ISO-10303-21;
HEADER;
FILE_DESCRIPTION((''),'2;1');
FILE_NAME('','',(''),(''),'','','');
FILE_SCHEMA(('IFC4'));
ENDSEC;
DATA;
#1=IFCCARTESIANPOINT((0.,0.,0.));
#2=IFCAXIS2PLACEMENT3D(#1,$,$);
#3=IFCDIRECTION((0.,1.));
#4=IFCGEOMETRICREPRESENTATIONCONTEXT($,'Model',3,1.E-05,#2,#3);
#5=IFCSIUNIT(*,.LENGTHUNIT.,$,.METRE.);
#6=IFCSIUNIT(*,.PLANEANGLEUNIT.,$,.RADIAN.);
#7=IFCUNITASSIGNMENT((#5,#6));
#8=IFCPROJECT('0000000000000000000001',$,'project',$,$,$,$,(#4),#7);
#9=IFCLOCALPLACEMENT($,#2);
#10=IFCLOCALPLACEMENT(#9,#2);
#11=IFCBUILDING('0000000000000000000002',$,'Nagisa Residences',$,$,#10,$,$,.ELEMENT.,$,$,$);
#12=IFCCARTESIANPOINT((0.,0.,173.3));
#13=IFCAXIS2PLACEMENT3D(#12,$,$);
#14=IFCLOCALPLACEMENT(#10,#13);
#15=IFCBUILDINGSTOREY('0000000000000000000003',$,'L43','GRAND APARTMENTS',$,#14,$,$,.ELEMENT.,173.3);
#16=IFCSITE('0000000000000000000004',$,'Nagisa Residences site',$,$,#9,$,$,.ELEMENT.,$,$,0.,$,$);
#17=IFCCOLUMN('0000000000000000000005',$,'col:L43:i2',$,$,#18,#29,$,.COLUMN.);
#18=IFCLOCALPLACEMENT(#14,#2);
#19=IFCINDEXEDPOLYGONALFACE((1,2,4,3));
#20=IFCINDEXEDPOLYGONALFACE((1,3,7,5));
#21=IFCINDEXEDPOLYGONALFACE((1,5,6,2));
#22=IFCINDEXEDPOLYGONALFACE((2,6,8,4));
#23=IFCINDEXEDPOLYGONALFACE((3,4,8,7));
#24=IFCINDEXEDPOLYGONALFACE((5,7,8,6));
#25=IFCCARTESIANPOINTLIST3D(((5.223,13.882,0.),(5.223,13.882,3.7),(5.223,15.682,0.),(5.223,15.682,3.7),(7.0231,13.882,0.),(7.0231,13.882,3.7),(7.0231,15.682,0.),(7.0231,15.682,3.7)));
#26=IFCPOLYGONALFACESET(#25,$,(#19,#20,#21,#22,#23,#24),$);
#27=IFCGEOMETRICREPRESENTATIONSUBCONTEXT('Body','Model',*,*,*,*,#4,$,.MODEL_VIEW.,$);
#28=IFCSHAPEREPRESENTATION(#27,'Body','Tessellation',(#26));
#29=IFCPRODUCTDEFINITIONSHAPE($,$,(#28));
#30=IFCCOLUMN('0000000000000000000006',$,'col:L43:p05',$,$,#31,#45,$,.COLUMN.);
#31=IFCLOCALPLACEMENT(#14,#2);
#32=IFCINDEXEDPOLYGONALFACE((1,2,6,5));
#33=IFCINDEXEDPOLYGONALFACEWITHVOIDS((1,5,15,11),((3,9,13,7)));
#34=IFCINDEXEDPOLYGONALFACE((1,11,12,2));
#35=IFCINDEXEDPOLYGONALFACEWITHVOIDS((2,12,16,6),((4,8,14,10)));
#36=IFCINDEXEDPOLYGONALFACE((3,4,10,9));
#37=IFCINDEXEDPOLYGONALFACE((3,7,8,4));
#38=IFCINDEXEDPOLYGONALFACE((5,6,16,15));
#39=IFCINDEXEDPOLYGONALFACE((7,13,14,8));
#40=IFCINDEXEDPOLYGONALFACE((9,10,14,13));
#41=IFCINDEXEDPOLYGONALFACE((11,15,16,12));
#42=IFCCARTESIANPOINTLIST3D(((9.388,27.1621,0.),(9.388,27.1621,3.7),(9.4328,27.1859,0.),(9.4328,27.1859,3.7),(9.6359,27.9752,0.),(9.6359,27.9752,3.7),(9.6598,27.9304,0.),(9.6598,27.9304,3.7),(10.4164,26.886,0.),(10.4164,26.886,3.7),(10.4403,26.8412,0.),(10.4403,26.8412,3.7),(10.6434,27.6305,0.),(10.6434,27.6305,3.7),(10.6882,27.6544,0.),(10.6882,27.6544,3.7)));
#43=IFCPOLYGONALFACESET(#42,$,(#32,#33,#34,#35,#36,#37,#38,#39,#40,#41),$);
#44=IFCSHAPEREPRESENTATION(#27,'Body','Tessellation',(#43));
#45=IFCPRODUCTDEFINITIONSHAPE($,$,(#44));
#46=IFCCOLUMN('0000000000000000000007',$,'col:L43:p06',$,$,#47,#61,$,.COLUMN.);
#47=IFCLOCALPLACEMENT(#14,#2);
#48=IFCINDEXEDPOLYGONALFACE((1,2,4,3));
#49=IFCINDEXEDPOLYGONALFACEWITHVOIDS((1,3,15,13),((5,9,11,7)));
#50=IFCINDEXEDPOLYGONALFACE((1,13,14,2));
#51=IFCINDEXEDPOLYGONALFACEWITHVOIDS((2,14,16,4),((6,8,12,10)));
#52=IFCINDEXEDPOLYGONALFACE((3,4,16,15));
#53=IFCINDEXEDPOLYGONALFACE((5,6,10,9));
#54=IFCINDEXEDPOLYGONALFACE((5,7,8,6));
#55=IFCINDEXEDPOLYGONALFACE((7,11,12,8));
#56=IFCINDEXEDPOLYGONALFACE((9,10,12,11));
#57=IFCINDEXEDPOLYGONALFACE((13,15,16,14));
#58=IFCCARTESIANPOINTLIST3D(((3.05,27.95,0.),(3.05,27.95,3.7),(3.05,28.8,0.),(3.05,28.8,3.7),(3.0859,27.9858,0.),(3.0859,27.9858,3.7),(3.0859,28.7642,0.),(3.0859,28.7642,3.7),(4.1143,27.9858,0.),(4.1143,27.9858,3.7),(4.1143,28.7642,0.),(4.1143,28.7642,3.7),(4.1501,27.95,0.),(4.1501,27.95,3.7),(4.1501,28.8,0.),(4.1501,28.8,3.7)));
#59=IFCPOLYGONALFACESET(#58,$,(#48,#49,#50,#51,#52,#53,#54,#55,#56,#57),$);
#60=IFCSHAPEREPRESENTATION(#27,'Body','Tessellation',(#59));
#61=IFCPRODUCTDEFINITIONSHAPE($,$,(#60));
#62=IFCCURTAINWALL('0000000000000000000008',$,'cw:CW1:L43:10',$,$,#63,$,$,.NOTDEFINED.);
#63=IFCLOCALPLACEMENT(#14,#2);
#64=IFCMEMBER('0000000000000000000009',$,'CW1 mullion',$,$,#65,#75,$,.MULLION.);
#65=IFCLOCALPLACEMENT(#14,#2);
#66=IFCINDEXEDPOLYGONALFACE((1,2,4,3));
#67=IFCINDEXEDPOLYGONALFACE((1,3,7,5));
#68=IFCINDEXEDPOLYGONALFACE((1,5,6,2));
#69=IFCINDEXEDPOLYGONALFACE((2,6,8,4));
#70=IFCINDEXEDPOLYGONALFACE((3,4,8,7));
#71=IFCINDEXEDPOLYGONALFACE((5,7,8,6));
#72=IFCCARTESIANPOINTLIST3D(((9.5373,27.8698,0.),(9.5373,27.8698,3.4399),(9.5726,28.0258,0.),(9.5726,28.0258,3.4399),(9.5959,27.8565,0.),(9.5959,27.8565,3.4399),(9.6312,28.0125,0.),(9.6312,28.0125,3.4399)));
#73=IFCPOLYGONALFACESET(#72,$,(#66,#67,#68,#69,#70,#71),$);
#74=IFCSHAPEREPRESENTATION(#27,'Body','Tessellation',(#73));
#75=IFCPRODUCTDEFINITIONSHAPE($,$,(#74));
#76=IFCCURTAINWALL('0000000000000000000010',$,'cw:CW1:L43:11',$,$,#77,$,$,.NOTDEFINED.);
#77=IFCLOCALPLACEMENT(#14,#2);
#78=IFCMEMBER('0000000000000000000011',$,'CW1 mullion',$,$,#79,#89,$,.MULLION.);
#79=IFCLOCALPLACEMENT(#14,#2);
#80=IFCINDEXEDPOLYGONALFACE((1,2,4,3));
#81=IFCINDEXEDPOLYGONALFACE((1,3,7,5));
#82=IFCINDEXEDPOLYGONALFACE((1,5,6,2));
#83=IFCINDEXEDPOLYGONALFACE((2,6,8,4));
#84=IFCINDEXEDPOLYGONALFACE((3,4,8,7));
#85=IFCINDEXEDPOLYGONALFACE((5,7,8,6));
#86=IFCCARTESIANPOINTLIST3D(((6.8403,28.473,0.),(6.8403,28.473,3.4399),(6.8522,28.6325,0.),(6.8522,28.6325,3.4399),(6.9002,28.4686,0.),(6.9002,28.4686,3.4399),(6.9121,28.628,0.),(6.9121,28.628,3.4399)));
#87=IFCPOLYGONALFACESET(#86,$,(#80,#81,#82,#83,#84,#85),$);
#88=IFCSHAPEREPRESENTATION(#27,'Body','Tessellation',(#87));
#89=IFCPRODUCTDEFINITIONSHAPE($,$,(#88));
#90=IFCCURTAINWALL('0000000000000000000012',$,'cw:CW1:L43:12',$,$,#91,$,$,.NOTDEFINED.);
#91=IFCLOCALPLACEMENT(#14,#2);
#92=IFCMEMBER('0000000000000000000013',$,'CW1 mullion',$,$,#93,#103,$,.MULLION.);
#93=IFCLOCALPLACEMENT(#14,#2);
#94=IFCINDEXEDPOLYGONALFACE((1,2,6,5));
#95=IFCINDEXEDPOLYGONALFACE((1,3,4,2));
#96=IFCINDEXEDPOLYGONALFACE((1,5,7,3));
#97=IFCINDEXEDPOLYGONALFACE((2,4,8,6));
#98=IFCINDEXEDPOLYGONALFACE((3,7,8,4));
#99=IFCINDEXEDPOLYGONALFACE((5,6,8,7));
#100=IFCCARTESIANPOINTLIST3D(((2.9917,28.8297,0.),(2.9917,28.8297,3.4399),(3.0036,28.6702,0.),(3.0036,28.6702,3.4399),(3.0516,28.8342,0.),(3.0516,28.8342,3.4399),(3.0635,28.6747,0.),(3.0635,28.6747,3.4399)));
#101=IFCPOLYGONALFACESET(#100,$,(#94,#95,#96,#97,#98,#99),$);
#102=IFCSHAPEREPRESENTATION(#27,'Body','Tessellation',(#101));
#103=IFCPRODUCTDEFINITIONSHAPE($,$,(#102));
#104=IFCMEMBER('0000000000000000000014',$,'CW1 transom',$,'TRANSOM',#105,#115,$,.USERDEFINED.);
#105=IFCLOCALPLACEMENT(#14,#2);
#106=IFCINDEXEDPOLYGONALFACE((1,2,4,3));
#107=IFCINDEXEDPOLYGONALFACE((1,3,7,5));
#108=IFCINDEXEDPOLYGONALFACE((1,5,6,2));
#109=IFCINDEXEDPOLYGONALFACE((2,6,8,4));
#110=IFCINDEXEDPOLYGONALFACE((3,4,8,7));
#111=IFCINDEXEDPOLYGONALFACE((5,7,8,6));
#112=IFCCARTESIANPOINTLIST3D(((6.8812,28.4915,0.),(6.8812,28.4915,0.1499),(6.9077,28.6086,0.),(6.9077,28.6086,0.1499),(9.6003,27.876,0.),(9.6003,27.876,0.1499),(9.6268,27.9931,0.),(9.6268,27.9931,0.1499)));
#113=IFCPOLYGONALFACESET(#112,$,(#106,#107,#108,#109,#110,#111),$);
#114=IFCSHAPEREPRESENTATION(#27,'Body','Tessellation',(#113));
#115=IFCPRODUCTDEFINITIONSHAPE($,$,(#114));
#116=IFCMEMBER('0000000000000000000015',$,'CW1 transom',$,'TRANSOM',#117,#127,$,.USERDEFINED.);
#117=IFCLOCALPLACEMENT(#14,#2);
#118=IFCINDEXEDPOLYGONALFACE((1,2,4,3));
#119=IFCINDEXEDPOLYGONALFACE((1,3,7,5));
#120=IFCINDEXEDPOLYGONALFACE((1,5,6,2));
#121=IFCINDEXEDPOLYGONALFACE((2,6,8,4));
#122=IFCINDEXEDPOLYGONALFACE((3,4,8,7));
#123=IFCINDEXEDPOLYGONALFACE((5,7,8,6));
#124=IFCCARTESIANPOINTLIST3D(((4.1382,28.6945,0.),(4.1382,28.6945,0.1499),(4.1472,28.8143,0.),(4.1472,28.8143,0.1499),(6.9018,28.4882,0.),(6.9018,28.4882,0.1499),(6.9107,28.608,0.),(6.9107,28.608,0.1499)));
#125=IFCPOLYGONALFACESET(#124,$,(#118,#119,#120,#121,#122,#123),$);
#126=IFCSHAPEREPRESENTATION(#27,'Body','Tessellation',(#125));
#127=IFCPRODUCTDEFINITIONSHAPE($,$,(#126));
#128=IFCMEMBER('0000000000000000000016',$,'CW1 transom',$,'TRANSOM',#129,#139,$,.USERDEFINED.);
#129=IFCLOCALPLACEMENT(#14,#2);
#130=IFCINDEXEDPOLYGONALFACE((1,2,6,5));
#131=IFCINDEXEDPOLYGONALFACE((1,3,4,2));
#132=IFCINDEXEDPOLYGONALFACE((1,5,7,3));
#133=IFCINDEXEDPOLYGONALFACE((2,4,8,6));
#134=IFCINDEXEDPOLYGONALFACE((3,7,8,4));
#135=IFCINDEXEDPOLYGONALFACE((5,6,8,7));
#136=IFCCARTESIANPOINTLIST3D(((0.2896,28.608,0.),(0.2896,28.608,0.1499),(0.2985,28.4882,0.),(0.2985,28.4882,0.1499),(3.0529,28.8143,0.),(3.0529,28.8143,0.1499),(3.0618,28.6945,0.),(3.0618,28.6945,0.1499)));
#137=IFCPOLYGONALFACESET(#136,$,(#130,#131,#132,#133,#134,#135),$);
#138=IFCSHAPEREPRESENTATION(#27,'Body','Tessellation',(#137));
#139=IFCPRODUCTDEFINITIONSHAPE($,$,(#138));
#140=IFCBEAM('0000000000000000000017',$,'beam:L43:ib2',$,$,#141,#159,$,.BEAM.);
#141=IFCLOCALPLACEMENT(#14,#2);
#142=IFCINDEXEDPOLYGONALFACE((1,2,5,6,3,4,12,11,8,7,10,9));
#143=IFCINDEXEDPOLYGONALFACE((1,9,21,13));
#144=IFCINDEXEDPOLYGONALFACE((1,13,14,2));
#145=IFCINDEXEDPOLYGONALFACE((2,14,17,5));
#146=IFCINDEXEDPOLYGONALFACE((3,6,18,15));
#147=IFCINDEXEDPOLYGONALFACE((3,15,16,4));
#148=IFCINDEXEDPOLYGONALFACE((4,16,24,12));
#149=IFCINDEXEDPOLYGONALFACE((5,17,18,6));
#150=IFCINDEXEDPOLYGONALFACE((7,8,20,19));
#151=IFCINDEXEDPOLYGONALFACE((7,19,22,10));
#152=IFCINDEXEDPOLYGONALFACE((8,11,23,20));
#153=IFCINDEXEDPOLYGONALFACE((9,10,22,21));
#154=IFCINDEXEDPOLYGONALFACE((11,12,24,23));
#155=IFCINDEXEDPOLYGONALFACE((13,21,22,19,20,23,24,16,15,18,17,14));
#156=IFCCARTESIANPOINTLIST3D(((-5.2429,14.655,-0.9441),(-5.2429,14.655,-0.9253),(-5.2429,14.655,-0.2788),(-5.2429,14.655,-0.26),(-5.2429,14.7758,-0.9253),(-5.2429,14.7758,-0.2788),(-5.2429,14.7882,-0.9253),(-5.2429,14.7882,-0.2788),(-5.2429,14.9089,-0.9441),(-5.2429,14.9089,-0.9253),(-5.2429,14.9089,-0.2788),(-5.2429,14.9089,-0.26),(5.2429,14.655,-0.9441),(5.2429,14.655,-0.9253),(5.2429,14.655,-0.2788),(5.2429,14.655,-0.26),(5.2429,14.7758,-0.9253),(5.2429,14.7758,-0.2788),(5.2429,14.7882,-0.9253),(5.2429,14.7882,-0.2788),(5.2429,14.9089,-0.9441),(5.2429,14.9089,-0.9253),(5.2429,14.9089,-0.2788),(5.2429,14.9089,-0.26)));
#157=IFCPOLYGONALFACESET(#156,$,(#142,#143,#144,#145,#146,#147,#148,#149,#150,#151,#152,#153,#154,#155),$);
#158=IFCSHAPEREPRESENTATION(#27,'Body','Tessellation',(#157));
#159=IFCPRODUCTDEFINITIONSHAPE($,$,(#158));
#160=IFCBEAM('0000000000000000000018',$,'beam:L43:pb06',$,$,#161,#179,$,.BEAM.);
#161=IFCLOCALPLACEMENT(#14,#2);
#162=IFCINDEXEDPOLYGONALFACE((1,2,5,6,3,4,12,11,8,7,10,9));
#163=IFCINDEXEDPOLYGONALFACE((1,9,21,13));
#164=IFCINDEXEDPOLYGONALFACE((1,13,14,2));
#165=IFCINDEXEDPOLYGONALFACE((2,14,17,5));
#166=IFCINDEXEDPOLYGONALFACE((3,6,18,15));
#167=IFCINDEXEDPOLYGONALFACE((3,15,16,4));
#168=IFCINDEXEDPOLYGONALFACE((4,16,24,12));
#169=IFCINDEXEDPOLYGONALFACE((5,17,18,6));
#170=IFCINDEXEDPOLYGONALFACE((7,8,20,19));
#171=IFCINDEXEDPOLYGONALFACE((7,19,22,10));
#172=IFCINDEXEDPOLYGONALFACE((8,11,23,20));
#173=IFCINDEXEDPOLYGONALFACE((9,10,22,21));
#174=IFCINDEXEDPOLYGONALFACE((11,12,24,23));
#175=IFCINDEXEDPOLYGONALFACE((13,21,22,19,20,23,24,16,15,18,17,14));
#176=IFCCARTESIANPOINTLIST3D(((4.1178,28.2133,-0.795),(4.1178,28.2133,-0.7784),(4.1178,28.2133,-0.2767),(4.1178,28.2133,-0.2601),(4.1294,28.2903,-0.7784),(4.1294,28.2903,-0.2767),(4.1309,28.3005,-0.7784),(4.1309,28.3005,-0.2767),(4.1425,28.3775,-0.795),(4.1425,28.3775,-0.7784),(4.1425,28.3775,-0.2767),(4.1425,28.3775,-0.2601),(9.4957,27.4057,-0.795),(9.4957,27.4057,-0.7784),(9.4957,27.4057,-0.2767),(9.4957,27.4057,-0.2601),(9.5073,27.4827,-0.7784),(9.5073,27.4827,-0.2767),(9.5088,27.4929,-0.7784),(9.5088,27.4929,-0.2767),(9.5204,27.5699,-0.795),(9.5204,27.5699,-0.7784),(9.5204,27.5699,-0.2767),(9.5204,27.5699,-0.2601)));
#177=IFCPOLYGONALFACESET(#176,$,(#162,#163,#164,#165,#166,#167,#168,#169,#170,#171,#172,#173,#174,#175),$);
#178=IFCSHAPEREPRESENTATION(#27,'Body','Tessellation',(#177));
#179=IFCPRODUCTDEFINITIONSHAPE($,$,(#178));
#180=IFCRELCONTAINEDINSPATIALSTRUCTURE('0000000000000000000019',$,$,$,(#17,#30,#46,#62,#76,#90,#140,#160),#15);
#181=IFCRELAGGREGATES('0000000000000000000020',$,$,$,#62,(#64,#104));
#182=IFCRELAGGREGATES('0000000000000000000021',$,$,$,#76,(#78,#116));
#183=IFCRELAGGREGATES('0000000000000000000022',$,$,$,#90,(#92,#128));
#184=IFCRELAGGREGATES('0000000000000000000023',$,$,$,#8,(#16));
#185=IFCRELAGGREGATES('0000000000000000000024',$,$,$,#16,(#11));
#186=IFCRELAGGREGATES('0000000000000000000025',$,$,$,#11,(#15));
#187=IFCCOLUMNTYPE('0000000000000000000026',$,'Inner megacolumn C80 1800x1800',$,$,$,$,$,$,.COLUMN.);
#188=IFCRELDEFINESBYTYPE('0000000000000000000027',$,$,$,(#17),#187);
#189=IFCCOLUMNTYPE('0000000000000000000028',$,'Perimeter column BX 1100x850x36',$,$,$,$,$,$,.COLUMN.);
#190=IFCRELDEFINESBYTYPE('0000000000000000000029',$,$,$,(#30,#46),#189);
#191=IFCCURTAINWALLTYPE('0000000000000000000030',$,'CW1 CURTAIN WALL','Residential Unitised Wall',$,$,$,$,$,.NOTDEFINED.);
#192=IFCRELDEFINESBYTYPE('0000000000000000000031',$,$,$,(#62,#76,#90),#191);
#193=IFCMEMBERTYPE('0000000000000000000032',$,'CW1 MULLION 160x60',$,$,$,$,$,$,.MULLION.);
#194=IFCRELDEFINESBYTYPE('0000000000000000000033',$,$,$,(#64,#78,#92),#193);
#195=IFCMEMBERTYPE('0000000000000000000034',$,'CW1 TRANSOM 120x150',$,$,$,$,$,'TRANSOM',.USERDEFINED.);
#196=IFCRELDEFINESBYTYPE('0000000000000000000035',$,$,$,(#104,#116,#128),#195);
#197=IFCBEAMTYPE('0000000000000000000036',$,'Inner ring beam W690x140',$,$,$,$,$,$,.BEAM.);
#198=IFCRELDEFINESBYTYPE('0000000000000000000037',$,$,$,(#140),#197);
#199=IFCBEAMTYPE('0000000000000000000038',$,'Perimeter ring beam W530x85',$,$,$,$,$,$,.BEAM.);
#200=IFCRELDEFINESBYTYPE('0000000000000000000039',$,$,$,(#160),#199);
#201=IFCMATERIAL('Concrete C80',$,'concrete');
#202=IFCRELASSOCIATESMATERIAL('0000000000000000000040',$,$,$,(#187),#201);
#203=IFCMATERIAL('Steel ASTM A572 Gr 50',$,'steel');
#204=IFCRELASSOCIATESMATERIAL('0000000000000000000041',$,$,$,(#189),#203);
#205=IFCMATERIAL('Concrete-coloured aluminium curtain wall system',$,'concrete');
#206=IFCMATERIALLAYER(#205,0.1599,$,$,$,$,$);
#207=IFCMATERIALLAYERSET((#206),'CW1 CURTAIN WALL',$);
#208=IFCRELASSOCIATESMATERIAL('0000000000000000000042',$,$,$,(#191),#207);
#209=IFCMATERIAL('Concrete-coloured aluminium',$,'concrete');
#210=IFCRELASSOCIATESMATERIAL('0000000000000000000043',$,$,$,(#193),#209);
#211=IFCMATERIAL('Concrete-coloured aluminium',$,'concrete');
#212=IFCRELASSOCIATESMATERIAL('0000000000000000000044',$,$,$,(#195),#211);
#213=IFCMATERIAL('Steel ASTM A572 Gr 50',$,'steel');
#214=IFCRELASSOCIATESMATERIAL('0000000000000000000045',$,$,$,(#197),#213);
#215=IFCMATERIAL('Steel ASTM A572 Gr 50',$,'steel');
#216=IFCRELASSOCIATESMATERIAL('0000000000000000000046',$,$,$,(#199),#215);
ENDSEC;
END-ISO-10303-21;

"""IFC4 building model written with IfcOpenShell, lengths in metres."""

from ifc_helpers import new_model, si_unit, direction, frame, origin, origin_2d, place, context, subcontext, project, spatial, rectangle, hollow_rectangle, i_section, extrude, material, layer, layer_set, material_profile, profile_set, type_object, element, aggregate, save


model = new_model("IFC4")

# Units and contexts
model_context = context("Model", 3, precision=1e-05, world=origin(), true_north=direction((0.0, 1.0)))
body_context = subcontext(model_context, "Body", "Model", "MODEL_VIEW")
ifc_project = project(units=[si_unit("LENGTHUNIT", "METRE"), si_unit("PLANEANGLEUNIT", "RADIAN")], contexts=[model_context])

# Site, building, storey
site_placement = place(None, origin())
site = spatial("IfcSite", under=ifc_project, at=site_placement, Name="Nagisa Residences site", CompositionType="ELEMENT", RefElevation=0.0)
building_placement = place(site_placement, origin())
building = spatial("IfcBuilding", under=site, at=building_placement, Name="Nagisa Residences", CompositionType="ELEMENT")
storey_placement = place(building_placement, frame((0.0, 0.0, 173.3)))
storey = spatial("IfcBuildingStorey", under=building, at=storey_placement, Name="L43", Description="GRAND APARTMENTS", CompositionType="ELEMENT", Elevation=173.3)

# Columns
ifc_material_1 = material(Name="Concrete C80", Category="concrete")
ifc_material_profile_1 = material_profile(ifc_material_1, rectangle(XDim=1.8, YDim=1.8, at=origin_2d()), Name="C80 1800x1800")
ifc_profile_set_1 = profile_set([ifc_material_profile_1], Name="Concrete C80")
column_type_1 = type_object("IfcColumnType", Name="Inner megacolumn C80 1800x1800", PredefinedType="COLUMN", material=ifc_profile_set_1)
column_placement = place(storey_placement, frame((6.123, 14.782, 0.0), z_axis=(0.0, 0.0, 1.0), x_axis=(1.0, 0.0, 0.0)))
element("IfcColumn", 1, at=column_placement, inside=storey, type_object=column_type_1, Name="col:L43:i2", PredefinedType="COLUMN", context=body_context, shape_type="SweptSolid", body=[
    extrude(rectangle(XDim=1.8, YDim=1.8, at=origin_2d()), origin(), (0.0, 0.0, 1.0), 3.7),
])
ifc_material_2 = material(Name="Steel ASTM A572 Gr 50", Category="steel")
ifc_material_profile_2 = material_profile(ifc_material_2, hollow_rectangle(XDim=1.1001, YDim=0.8501, WallThickness=0.0359, at=origin_2d()), Name="BX 1100x850x36")
ifc_profile_set_2 = profile_set([ifc_material_profile_2], Name="Steel ASTM A572 Gr 50")
column_type_2 = type_object("IfcColumnType", Name="Perimeter column BX 1100x850x36", PredefinedType="COLUMN", material=ifc_profile_set_2)
for number, where, z_axis, x_axis, name in (
    (2, (10.0381, 27.4082, 0.0), (0.0, 0.0, 1.0), (-0.956525, 0.291652, 0.0), "col:L43:p05"),
    (3, (3.6001, 28.375, 0.0), (0.0, 0.0, 1.0), (-1.0, 0.0, 0.0), "col:L43:p06"),
):
    element("IfcColumn", number, at=place(storey_placement, frame(where, z_axis=z_axis, x_axis=x_axis)), inside=storey, type_object=column_type_2, Name=name, PredefinedType="COLUMN", context=body_context, shape_type="SweptSolid", body=[
        extrude(hollow_rectangle(XDim=1.1001, YDim=0.8501, WallThickness=0.0359, at=origin_2d()), origin(), (0.0, 0.0, 1.0), 3.7),
    ])

# Curtain walls, members
ifc_material_3 = material(Name="Concrete-coloured aluminium curtain wall system", Category="concrete")
ifc_layer_1 = layer(ifc_material_3, 0.1599)
ifc_layer_set_1 = layer_set([ifc_layer_1], Name="CW1 CURTAIN WALL")
curtain_wall_type = type_object("IfcCurtainWallType", Name="CW1 CURTAIN WALL", Description="Residential Unitised Wall", PredefinedType="NOTDEFINED", material=ifc_layer_set_1)
curtain_wall_1_placement = place(storey_placement, origin())
curtain_wall_1 = element("IfcCurtainWall", 4, at=curtain_wall_1_placement, inside=storey, type_object=curtain_wall_type, Name="cw:CW1:L43:10", PredefinedType="NOTDEFINED")
ifc_material_4 = material(Name="Concrete-coloured aluminium", Category="concrete")
ifc_material_profile_3 = material_profile(ifc_material_4, rectangle(XDim=0.1599, YDim=0.0601, at=origin_2d()), Name="CW1 MULLION 160x60")
ifc_profile_set_3 = profile_set([ifc_material_profile_3], Name="Concrete-coloured aluminium")
member_type_1 = type_object("IfcMemberType", Name="CW1 MULLION 160x60", PredefinedType="MULLION", material=ifc_profile_set_3)
member_1_placement = place(storey_placement, frame((9.5842, 27.9412, 0.0), z_axis=(0.0, 0.0, 1.0), x_axis=(-0.220764, -0.975327, 0.0)))
member_1 = element("IfcMember", 5, at=member_1_placement, type_object=member_type_1, Name="CW1 mullion", PredefinedType="MULLION", context=body_context, shape_type="SweptSolid", body=[
    extrude(rectangle(XDim=0.1599, YDim=0.0601, at=origin_2d()), origin(), (0.0, 0.0, 1.0), 3.4399),
])
curtain_wall_2_placement = place(storey_placement, origin())
curtain_wall_2 = element("IfcCurtainWall", 6, at=curtain_wall_2_placement, inside=storey, type_object=curtain_wall_type, Name="cw:CW1:L43:11", PredefinedType="NOTDEFINED")
member_2_placement = place(storey_placement, frame((6.8762, 28.5505, 0.0), z_axis=(0.0, 0.0, 1.0), x_axis=(-0.074377, -0.99723, 0.0)))
member_2 = element("IfcMember", 7, at=member_2_placement, type_object=member_type_1, Name="CW1 mullion", PredefinedType="MULLION", context=body_context, shape_type="SweptSolid", body=[
    extrude(rectangle(XDim=0.1599, YDim=0.0601, at=origin_2d()), origin(), (0.0, 0.0, 1.0), 3.4399),
])
curtain_wall_3_placement = place(storey_placement, origin())
curtain_wall_3 = element("IfcCurtainWall", 8, at=curtain_wall_3_placement, inside=storey, type_object=curtain_wall_type, Name="cw:CW1:L43:12", PredefinedType="NOTDEFINED")
member_3_placement = place(storey_placement, frame((3.0276, 28.7522, 0.0), z_axis=(0.0, 0.0, 1.0), x_axis=(0.074377, -0.99723, 0.0)))
member_3 = element("IfcMember", 9, at=member_3_placement, type_object=member_type_1, Name="CW1 mullion", PredefinedType="MULLION", context=body_context, shape_type="SweptSolid", body=[
    extrude(rectangle(XDim=0.1599, YDim=0.0601, at=origin_2d()), origin(), (0.0, 0.0, 1.0), 3.4399),
])

# Members
ifc_material_5 = material(Name="Concrete-coloured aluminium", Category="concrete")
ifc_material_profile_4 = material_profile(ifc_material_5, rectangle(XDim=0.1201, YDim=0.1499, at=origin_2d()), Name="CW1 TRANSOM 120x150")
ifc_profile_set_4 = profile_set([ifc_material_profile_4], Name="Concrete-coloured aluminium")
member_type_2 = type_object("IfcMemberType", Name="CW1 TRANSOM 120x150", ElementType="TRANSOM", PredefinedType="USERDEFINED", material=ifc_profile_set_4)
member_4_placement = place(storey_placement, frame((9.6135, 27.9346, 0.075), z_axis=(-0.975324, 0.220777, 0.0), x_axis=(-0.220777, -0.975324, 0.0)))
member_4 = element("IfcMember", 10, at=member_4_placement, type_object=member_type_2, Name="CW1 transom", ObjectType="TRANSOM", PredefinedType="USERDEFINED", context=body_context, shape_type="SweptSolid", body=[
    extrude(rectangle(XDim=0.1201, YDim=0.1499, at=origin_2d()), origin(), (0.0, 0.0, 1.0), 2.7878),
])
member_5_placement = place(storey_placement, frame((6.9062, 28.5481, 0.075), z_axis=(-0.997226, 0.07444, 0.0), x_axis=(-0.07444, -0.997226, 0.0)))
member_5 = element("IfcMember", 11, at=member_5_placement, type_object=member_type_2, Name="CW1 transom", ObjectType="TRANSOM", PredefinedType="USERDEFINED", context=body_context, shape_type="SweptSolid", body=[
    extrude(rectangle(XDim=0.1201, YDim=0.1499, at=origin_2d()), origin(), (0.0, 0.0, 1.0), 2.7712),
])
member_6_placement = place(storey_placement, frame((3.0574, 28.7544, 0.075), z_axis=(-0.997225, -0.074446, 0.0), x_axis=(0.074446, -0.997225, 0.0)))
member_6 = element("IfcMember", 12, at=member_6_placement, type_object=member_type_2, Name="CW1 transom", ObjectType="TRANSOM", PredefinedType="USERDEFINED", context=body_context, shape_type="SweptSolid", body=[
    extrude(rectangle(XDim=0.1201, YDim=0.1499, at=origin_2d()), origin(), (0.0, 0.0, 1.0), 2.771),
])

# Beams
ifc_material_6 = material(Name="Steel ASTM A572 Gr 50", Category="steel")
ifc_material_profile_5 = material_profile(ifc_material_6, i_section(OverallWidth=0.2539, OverallDepth=0.6841, WebThickness=0.0125, FlangeThickness=0.0188, at=origin_2d()), Name="W690x140")
ifc_profile_set_5 = profile_set([ifc_material_profile_5], Name="Steel ASTM A572 Gr 50")
beam_type_1 = type_object("IfcBeamType", Name="Inner ring beam W690x140", PredefinedType="BEAM", material=ifc_profile_set_5)
beam_1_placement = place(storey_placement, frame((5.2429, 14.782, -0.6021), z_axis=(-1.0, 0.0, 0.0), x_axis=(0.0, -1.0, 0.0)))
element("IfcBeam", 13, at=beam_1_placement, inside=storey, type_object=beam_type_1, Name="beam:L43:ib2", PredefinedType="BEAM", context=body_context, shape_type="SweptSolid", body=[
    extrude(i_section(OverallWidth=0.2539, OverallDepth=0.6841, WebThickness=0.0125, FlangeThickness=0.0188, at=origin_2d()), origin(), (0.0, 0.0, 1.0), 10.4858),
])
ifc_material_7 = material(Name="Steel ASTM A572 Gr 50", Category="steel")
ifc_material_profile_6 = material_profile(ifc_material_7, i_section(OverallWidth=0.166, OverallDepth=0.5349, WebThickness=0.0103, FlangeThickness=0.0166, at=origin_2d()), Name="W530x85")
ifc_profile_set_6 = profile_set([ifc_material_profile_6], Name="Steel ASTM A572 Gr 50")
beam_type_2 = type_object("IfcBeamType", Name="Perimeter ring beam W530x85", PredefinedType="BEAM", material=ifc_profile_set_6)
for number, where, z_axis, x_axis, name in (
    (14, (9.5081, 27.4878, -0.5276), (-0.988911, 0.148507, 0.0), (-0.148507, -0.988911, 0.0), "beam:L43:pb06"),
):
    element("IfcBeam", number, at=place(storey_placement, frame(where, z_axis=z_axis, x_axis=x_axis)), inside=storey, type_object=beam_type_2, Name=name, PredefinedType="BEAM", context=body_context, shape_type="SweptSolid", body=[
        extrude(i_section(OverallWidth=0.166, OverallDepth=0.5349, WebThickness=0.0103, FlangeThickness=0.0166, at=origin_2d()), origin(), (0.0, 0.0, 1.0), 5.4382),
    ])

aggregate(curtain_wall_1, [member_1, member_4])
aggregate(curtain_wall_2, [member_2, member_5])
aggregate(curtain_wall_3, [member_3, member_6])

save(model, "model.ifc")
